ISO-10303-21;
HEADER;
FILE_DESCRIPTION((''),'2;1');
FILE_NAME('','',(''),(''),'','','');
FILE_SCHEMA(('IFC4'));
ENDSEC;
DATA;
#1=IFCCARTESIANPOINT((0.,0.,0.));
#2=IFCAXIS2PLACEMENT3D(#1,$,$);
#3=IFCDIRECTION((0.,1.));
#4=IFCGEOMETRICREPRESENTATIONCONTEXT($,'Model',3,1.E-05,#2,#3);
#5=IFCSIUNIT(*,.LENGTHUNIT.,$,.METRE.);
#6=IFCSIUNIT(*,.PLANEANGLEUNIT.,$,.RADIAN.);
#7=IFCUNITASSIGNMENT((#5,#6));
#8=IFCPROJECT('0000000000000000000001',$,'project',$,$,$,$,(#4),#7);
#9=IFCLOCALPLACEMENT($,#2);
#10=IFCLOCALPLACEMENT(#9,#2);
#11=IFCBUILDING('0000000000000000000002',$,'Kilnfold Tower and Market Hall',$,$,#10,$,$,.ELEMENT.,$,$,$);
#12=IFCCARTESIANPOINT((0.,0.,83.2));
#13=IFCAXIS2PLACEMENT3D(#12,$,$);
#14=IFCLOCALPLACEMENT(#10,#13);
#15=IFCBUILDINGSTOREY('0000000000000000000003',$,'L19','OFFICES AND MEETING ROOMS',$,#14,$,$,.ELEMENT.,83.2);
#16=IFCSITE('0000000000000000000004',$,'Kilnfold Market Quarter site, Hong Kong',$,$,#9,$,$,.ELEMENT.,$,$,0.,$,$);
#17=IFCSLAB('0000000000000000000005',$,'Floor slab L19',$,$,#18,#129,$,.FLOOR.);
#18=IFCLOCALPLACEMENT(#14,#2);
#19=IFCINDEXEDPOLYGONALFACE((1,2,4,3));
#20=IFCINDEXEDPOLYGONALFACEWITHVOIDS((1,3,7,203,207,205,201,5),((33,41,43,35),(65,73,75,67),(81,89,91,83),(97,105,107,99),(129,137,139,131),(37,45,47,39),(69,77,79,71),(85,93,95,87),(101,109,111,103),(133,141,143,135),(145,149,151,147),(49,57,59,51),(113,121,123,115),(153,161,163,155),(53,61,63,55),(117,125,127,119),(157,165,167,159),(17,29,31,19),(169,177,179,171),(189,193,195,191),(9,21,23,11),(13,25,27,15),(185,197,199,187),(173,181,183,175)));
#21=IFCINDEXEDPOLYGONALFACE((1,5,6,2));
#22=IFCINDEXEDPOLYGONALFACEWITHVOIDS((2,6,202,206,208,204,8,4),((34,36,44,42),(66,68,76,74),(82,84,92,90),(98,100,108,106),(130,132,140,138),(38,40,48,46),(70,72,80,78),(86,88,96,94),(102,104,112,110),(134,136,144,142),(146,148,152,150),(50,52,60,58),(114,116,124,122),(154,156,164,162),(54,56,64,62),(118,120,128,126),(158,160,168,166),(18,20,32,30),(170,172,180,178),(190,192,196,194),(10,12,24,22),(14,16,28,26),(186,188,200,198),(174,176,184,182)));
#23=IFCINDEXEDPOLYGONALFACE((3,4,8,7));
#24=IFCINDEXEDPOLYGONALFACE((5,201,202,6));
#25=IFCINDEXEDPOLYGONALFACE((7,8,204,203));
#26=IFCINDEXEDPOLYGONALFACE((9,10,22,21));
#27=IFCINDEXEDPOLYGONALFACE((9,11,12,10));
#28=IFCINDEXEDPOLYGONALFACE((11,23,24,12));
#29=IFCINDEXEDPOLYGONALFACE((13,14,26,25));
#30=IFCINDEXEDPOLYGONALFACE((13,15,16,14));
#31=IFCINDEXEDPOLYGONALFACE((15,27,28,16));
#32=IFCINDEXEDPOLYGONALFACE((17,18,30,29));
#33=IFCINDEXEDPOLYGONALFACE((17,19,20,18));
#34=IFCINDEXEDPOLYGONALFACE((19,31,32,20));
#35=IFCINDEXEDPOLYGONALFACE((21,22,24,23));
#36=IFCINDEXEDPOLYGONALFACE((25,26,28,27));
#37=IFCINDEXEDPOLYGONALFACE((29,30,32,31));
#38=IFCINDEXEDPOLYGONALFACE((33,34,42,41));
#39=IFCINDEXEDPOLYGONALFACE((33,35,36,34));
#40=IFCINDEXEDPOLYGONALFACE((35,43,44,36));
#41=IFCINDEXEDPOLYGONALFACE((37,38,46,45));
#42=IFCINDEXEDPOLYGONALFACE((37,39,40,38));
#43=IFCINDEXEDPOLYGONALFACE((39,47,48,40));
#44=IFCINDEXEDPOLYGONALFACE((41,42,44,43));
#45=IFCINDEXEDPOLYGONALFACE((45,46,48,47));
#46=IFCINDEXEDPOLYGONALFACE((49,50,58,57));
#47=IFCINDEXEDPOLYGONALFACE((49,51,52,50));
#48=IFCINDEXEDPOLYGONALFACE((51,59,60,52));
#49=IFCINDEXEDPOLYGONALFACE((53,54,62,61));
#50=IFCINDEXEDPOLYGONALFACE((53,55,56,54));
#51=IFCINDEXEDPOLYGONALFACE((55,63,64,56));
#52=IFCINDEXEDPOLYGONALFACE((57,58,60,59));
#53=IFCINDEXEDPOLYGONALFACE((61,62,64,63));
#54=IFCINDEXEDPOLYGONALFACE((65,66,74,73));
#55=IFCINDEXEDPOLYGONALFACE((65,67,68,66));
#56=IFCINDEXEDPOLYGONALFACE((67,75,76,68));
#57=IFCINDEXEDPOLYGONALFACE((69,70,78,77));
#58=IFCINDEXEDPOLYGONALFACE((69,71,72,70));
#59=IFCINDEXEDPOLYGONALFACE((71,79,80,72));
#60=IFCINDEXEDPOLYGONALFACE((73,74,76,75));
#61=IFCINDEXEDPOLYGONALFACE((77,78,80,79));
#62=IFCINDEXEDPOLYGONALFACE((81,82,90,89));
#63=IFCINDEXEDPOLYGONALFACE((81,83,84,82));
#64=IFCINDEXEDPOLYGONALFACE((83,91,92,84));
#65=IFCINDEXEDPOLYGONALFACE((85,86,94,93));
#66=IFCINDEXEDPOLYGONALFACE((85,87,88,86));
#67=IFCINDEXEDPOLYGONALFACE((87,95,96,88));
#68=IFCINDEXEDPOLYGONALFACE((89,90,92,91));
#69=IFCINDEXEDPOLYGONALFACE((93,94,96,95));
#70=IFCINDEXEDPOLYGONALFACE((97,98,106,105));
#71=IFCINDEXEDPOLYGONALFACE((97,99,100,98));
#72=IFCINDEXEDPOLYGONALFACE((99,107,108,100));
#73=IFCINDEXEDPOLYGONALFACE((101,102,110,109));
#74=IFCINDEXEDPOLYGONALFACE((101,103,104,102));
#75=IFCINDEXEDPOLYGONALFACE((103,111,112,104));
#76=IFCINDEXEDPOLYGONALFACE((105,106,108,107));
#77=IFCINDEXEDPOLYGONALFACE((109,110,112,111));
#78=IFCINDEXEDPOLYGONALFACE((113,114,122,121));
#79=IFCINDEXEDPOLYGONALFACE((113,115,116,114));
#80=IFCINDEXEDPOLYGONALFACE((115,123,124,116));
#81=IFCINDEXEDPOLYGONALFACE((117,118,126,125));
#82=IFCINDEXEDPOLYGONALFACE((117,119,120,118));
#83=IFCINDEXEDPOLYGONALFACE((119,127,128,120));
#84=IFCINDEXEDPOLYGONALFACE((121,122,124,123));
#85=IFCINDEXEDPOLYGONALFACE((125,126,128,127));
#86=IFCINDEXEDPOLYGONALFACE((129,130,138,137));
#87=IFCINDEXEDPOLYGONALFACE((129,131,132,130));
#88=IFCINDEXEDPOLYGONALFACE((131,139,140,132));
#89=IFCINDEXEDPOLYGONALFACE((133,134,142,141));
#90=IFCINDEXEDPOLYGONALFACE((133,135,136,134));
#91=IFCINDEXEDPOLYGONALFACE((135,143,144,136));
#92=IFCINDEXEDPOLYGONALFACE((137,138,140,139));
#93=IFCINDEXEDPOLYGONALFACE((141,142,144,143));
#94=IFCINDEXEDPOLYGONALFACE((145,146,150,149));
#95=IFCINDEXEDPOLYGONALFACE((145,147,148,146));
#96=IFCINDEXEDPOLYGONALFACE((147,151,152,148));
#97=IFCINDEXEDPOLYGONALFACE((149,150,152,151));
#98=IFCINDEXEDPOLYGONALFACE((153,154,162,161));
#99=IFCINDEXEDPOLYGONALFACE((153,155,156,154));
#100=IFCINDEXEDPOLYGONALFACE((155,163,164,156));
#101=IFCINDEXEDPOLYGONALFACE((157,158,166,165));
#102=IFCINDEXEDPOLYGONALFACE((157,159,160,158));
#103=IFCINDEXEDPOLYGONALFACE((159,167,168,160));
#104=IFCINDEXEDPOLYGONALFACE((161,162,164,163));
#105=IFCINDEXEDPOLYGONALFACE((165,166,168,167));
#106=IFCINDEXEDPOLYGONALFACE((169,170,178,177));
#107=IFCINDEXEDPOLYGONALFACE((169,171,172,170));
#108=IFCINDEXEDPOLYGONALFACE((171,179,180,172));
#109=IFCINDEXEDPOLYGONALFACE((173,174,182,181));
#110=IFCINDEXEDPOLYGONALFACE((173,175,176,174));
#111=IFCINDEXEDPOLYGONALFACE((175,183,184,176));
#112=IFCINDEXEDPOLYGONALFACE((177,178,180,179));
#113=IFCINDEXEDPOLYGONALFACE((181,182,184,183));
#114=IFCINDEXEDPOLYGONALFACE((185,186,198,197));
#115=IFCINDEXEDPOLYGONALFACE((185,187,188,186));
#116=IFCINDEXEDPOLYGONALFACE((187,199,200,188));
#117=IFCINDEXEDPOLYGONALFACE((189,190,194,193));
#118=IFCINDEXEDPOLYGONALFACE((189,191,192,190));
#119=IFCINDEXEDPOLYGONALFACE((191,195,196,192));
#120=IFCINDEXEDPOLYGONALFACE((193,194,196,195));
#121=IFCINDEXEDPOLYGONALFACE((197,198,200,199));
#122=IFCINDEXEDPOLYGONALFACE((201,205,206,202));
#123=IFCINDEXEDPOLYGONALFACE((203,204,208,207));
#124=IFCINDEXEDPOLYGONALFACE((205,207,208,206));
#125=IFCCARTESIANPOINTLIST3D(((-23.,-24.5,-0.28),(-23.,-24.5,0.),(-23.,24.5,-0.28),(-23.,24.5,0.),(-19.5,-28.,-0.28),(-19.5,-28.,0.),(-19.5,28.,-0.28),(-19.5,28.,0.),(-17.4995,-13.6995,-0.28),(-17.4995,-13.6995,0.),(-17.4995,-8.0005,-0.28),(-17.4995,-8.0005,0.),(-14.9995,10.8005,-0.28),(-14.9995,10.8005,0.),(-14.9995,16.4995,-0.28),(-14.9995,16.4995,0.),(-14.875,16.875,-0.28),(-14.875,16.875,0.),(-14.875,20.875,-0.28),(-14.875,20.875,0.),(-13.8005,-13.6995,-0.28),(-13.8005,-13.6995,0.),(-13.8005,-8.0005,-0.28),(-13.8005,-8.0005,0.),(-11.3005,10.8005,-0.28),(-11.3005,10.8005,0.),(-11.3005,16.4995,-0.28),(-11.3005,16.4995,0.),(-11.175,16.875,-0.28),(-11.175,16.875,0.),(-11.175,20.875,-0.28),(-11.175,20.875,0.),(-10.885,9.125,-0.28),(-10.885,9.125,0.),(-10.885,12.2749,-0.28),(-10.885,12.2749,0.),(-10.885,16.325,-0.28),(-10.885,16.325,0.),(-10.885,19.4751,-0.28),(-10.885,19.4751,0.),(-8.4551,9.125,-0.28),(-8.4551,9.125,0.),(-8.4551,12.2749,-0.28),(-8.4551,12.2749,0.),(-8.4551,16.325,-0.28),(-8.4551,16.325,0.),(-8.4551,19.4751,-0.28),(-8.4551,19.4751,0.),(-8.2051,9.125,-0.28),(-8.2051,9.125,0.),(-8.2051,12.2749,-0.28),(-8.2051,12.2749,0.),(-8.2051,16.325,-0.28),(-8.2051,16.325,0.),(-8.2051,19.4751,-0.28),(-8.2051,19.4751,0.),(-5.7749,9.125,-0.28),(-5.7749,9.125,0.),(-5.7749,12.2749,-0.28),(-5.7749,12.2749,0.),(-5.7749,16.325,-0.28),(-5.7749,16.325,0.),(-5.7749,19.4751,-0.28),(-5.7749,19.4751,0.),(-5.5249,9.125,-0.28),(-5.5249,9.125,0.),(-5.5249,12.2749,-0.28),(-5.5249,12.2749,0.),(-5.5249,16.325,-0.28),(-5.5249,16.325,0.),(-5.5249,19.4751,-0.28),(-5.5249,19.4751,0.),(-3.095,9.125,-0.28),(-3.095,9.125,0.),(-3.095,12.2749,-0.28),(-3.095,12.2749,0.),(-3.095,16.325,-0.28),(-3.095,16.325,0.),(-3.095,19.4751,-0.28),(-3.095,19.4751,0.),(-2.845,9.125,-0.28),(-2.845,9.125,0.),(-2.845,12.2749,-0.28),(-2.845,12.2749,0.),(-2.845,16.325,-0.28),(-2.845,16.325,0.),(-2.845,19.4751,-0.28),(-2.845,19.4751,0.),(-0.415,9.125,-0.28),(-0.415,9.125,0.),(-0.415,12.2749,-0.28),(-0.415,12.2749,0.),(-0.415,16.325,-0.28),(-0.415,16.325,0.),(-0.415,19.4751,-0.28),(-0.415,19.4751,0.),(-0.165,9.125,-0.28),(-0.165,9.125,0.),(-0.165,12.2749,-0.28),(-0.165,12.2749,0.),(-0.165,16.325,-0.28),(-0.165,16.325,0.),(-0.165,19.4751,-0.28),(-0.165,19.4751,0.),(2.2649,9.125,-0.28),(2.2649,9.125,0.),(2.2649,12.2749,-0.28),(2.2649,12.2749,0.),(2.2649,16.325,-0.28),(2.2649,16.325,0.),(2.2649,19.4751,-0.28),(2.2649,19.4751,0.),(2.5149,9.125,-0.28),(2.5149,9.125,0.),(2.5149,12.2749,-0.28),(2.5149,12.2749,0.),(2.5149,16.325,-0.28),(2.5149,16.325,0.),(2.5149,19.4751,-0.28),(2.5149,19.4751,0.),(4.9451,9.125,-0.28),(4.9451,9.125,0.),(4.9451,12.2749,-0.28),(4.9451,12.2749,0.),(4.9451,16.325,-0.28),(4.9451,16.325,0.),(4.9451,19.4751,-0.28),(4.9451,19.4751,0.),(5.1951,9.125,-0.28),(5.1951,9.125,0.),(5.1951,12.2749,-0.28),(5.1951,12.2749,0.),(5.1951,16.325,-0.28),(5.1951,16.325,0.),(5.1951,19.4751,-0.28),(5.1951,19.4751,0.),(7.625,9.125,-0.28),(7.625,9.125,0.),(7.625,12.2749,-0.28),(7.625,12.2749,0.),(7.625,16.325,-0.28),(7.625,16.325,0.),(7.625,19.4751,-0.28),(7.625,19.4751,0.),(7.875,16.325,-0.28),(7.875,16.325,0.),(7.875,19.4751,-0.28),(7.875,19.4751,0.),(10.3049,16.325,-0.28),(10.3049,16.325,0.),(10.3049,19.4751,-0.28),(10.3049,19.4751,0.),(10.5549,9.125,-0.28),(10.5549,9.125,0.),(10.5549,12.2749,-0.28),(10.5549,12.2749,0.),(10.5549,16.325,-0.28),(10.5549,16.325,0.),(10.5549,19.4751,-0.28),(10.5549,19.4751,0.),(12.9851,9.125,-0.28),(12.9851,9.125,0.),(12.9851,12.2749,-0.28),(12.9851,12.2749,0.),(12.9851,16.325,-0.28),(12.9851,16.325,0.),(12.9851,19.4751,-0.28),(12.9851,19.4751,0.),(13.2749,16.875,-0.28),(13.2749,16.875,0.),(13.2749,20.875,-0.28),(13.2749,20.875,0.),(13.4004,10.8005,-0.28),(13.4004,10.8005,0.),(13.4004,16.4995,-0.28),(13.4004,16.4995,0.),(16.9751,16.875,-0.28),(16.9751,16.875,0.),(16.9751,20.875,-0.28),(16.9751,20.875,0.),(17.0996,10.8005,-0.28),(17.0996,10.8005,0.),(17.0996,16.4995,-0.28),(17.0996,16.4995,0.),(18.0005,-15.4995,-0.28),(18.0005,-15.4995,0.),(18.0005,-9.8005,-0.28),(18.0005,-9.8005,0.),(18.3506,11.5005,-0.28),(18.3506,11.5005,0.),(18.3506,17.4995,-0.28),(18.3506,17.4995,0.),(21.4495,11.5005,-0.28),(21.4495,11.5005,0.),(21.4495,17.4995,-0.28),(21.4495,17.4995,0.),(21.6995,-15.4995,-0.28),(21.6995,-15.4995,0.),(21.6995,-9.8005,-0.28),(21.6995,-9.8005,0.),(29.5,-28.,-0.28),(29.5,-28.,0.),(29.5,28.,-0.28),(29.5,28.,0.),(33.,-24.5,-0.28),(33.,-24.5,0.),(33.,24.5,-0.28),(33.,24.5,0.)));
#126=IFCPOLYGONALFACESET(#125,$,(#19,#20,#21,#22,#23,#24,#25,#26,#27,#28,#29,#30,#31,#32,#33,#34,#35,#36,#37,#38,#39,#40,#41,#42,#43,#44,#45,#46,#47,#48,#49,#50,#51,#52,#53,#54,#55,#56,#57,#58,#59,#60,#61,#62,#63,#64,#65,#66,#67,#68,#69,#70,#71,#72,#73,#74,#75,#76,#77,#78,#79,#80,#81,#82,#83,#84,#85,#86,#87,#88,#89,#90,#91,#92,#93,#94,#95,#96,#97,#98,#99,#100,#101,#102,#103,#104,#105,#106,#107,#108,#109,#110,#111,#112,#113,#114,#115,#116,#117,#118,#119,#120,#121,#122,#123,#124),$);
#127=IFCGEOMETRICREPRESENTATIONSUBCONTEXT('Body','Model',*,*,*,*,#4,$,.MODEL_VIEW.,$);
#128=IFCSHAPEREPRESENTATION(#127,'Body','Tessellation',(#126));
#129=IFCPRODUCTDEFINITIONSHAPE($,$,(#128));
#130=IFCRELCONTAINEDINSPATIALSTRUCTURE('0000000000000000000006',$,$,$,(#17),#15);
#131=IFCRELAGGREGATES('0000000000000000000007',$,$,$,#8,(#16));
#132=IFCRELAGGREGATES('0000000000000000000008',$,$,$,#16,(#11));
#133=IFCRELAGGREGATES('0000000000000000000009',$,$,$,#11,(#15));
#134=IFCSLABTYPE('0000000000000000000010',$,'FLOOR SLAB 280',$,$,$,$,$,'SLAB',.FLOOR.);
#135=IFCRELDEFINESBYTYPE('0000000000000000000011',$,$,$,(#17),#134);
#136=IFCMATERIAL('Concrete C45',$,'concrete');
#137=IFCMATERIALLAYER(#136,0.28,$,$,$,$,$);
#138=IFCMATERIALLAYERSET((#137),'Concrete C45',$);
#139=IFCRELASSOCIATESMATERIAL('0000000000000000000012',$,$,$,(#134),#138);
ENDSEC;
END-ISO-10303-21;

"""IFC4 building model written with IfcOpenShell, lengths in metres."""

from ifc_helpers import new_model, si_unit, direction, frame, origin, place, context, subcontext, project, spatial, polyline, outline, extrude, source, transform, mapped, material, layer, layer_set, type_object, element, save


model = new_model("IFC4")

# Units and contexts
model_context = context("Model", 3, precision=1e-05, world=origin(), true_north=direction((0.0, 1.0)))
body_context = subcontext(model_context, "Body", "Model", "MODEL_VIEW")
ifc_project = project(units=[si_unit("LENGTHUNIT", "METRE"), si_unit("PLANEANGLEUNIT", "RADIAN")], contexts=[model_context])

# Site, building, storey
site_placement = place(None, origin())
site = spatial("IfcSite", under=ifc_project, at=site_placement, Name="Kilnfold Market Quarter site, Hong Kong", CompositionType="ELEMENT", RefElevation=0.0)
building_placement = place(site_placement, origin())
building = spatial("IfcBuilding", under=site, at=building_placement, Name="Kilnfold Tower and Market Hall", CompositionType="ELEMENT")
storey_placement = place(building_placement, frame((0.0, 0.0, 83.2)))
storey = spatial("IfcBuildingStorey", under=building, at=storey_placement, Name="L19", Description="OFFICES AND MEETING ROOMS", CompositionType="ELEMENT", Elevation=83.2)

# Slab
ifc_material_1 = material(Name="Concrete C45", Category="concrete")
ifc_layer_1 = layer(ifc_material_1, 0.28)
ifc_layer_set_1 = layer_set([ifc_layer_1], Name="Concrete C45")
slab_type_1 = type_object("IfcSlabType", Name="FLOOR SLAB 280", ElementType="SLAB", PredefinedType="FLOOR", material=ifc_layer_set_1)
shared_shape_1 = source(origin(), body_context, "Body", "SweptSolid", [
    extrude(outline(polyline([(-19.5, -28.0), (29.5, -28.0), (33.0, -24.5), (33.0, 24.5), (29.5, 28.0), (-19.5, 28.0), (-23.0, 24.5), (-23.0, -24.5), (-19.5, -28.0)]), holes=[polyline([(-13.8005, -13.6995), (-17.4995, -13.6995), (-17.4995, -8.0005), (-13.8005, -8.0005), (-13.8005, -13.6995)]), polyline([(-14.9995, 10.8005), (-14.9995, 16.4995), (-11.3005, 16.4995), (-11.3005, 10.8005), (-14.9995, 10.8005)]), polyline([(-14.875, 16.875), (-14.875, 20.875), (-11.175, 20.875), (-11.175, 16.875), (-14.875, 16.875)]), polyline([(-10.885, 9.125), (-10.885, 12.2749), (-8.4551, 12.2749), (-8.4551, 9.125), (-10.885, 9.125)]), polyline([(-8.4551, 16.325), (-10.885, 16.325), (-10.885, 19.4751), (-8.4551, 19.4751), (-8.4551, 16.325)]), polyline([(-8.2051, 9.125), (-8.2051, 12.2749), (-5.7749, 12.2749), (-5.7749, 9.125), (-8.2051, 9.125)]), polyline([(-8.2051, 16.325), (-8.2051, 19.4751), (-5.7749, 19.4751), (-5.7749, 16.325), (-8.2051, 16.325)]), polyline([(-3.095, 9.125), (-5.5249, 9.125), (-5.5249, 12.2749), (-3.095, 12.2749), (-3.095, 9.125)]), polyline([(-5.5249, 16.325), (-5.5249, 19.4751), (-3.095, 19.4751), (-3.095, 16.325), (-5.5249, 16.325)]), polyline([(-2.845, 9.125), (-2.845, 12.2749), (-0.415, 12.2749), (-0.415, 9.125), (-2.845, 9.125)]), polyline([(-0.415, 16.325), (-2.845, 16.325), (-2.845, 19.4751), (-0.415, 19.4751), (-0.415, 16.325)]), polyline([(-0.165, 9.125), (-0.165, 12.2749), (2.2649, 12.2749), (2.2649, 9.125), (-0.165, 9.125)]), polyline([(-0.165, 16.325), (-0.165, 19.4751), (2.2649, 19.4751), (2.2649, 16.325), (-0.165, 16.325)]), polyline([(2.5149, 9.125), (2.5149, 12.2749), (4.9451, 12.2749), (4.9451, 9.125), (2.5149, 9.125)]), polyline([(2.5149, 16.325), (2.5149, 19.4751), (4.9451, 19.4751), (4.9451, 16.325), (2.5149, 16.325)]), polyline([(7.625, 9.125), (5.1951, 9.125), (5.1951, 12.2749), (7.625, 12.2749), (7.625, 9.125)]), polyline([(5.1951, 16.325), (5.1951, 19.4751), (7.625, 19.4751), (7.625, 16.325), (5.1951, 16.325)]), polyline([(10.3049, 16.325), (7.875, 16.325), (7.875, 19.4751), (10.3049, 19.4751), (10.3049, 16.325)]), polyline([(10.5549, 9.125), (10.5549, 12.2749), (12.9851, 12.2749), (12.9851, 9.125), (10.5549, 9.125)]), polyline([(10.5549, 16.325), (10.5549, 19.4751), (12.9851, 19.4751), (12.9851, 16.325), (10.5549, 16.325)]), polyline([(13.2749, 16.875), (13.2749, 20.875), (16.9751, 20.875), (16.9751, 16.875), (13.2749, 16.875)]), polyline([(13.4004, 10.8005), (13.4004, 16.4995), (17.0996, 16.4995), (17.0996, 10.8005), (13.4004, 10.8005)]), polyline([(18.0005, -9.8005), (21.6995, -9.8005), (21.6995, -15.4995), (18.0005, -15.4995), (18.0005, -9.8005)]), polyline([(21.4495, 11.5005), (18.3506, 11.5005), (18.3506, 17.4995), (21.4495, 17.4995), (21.4495, 11.5005)])]), origin(), (0.0, 0.0, 1.0), 0.28),
])
slab_1_placement = place(storey_placement, frame((0.0, 0.0, -0.28)))
element("IfcSlab", 1, at=slab_1_placement, inside=storey, type_object=slab_type_1, Name="Floor slab L19", PredefinedType="FLOOR", context=body_context, shape_type="MappedRepresentation", body=[
    mapped(shared_shape_1, transform((0.0, 0.0, 0.0))),
])

save(model, "model.ifc")
